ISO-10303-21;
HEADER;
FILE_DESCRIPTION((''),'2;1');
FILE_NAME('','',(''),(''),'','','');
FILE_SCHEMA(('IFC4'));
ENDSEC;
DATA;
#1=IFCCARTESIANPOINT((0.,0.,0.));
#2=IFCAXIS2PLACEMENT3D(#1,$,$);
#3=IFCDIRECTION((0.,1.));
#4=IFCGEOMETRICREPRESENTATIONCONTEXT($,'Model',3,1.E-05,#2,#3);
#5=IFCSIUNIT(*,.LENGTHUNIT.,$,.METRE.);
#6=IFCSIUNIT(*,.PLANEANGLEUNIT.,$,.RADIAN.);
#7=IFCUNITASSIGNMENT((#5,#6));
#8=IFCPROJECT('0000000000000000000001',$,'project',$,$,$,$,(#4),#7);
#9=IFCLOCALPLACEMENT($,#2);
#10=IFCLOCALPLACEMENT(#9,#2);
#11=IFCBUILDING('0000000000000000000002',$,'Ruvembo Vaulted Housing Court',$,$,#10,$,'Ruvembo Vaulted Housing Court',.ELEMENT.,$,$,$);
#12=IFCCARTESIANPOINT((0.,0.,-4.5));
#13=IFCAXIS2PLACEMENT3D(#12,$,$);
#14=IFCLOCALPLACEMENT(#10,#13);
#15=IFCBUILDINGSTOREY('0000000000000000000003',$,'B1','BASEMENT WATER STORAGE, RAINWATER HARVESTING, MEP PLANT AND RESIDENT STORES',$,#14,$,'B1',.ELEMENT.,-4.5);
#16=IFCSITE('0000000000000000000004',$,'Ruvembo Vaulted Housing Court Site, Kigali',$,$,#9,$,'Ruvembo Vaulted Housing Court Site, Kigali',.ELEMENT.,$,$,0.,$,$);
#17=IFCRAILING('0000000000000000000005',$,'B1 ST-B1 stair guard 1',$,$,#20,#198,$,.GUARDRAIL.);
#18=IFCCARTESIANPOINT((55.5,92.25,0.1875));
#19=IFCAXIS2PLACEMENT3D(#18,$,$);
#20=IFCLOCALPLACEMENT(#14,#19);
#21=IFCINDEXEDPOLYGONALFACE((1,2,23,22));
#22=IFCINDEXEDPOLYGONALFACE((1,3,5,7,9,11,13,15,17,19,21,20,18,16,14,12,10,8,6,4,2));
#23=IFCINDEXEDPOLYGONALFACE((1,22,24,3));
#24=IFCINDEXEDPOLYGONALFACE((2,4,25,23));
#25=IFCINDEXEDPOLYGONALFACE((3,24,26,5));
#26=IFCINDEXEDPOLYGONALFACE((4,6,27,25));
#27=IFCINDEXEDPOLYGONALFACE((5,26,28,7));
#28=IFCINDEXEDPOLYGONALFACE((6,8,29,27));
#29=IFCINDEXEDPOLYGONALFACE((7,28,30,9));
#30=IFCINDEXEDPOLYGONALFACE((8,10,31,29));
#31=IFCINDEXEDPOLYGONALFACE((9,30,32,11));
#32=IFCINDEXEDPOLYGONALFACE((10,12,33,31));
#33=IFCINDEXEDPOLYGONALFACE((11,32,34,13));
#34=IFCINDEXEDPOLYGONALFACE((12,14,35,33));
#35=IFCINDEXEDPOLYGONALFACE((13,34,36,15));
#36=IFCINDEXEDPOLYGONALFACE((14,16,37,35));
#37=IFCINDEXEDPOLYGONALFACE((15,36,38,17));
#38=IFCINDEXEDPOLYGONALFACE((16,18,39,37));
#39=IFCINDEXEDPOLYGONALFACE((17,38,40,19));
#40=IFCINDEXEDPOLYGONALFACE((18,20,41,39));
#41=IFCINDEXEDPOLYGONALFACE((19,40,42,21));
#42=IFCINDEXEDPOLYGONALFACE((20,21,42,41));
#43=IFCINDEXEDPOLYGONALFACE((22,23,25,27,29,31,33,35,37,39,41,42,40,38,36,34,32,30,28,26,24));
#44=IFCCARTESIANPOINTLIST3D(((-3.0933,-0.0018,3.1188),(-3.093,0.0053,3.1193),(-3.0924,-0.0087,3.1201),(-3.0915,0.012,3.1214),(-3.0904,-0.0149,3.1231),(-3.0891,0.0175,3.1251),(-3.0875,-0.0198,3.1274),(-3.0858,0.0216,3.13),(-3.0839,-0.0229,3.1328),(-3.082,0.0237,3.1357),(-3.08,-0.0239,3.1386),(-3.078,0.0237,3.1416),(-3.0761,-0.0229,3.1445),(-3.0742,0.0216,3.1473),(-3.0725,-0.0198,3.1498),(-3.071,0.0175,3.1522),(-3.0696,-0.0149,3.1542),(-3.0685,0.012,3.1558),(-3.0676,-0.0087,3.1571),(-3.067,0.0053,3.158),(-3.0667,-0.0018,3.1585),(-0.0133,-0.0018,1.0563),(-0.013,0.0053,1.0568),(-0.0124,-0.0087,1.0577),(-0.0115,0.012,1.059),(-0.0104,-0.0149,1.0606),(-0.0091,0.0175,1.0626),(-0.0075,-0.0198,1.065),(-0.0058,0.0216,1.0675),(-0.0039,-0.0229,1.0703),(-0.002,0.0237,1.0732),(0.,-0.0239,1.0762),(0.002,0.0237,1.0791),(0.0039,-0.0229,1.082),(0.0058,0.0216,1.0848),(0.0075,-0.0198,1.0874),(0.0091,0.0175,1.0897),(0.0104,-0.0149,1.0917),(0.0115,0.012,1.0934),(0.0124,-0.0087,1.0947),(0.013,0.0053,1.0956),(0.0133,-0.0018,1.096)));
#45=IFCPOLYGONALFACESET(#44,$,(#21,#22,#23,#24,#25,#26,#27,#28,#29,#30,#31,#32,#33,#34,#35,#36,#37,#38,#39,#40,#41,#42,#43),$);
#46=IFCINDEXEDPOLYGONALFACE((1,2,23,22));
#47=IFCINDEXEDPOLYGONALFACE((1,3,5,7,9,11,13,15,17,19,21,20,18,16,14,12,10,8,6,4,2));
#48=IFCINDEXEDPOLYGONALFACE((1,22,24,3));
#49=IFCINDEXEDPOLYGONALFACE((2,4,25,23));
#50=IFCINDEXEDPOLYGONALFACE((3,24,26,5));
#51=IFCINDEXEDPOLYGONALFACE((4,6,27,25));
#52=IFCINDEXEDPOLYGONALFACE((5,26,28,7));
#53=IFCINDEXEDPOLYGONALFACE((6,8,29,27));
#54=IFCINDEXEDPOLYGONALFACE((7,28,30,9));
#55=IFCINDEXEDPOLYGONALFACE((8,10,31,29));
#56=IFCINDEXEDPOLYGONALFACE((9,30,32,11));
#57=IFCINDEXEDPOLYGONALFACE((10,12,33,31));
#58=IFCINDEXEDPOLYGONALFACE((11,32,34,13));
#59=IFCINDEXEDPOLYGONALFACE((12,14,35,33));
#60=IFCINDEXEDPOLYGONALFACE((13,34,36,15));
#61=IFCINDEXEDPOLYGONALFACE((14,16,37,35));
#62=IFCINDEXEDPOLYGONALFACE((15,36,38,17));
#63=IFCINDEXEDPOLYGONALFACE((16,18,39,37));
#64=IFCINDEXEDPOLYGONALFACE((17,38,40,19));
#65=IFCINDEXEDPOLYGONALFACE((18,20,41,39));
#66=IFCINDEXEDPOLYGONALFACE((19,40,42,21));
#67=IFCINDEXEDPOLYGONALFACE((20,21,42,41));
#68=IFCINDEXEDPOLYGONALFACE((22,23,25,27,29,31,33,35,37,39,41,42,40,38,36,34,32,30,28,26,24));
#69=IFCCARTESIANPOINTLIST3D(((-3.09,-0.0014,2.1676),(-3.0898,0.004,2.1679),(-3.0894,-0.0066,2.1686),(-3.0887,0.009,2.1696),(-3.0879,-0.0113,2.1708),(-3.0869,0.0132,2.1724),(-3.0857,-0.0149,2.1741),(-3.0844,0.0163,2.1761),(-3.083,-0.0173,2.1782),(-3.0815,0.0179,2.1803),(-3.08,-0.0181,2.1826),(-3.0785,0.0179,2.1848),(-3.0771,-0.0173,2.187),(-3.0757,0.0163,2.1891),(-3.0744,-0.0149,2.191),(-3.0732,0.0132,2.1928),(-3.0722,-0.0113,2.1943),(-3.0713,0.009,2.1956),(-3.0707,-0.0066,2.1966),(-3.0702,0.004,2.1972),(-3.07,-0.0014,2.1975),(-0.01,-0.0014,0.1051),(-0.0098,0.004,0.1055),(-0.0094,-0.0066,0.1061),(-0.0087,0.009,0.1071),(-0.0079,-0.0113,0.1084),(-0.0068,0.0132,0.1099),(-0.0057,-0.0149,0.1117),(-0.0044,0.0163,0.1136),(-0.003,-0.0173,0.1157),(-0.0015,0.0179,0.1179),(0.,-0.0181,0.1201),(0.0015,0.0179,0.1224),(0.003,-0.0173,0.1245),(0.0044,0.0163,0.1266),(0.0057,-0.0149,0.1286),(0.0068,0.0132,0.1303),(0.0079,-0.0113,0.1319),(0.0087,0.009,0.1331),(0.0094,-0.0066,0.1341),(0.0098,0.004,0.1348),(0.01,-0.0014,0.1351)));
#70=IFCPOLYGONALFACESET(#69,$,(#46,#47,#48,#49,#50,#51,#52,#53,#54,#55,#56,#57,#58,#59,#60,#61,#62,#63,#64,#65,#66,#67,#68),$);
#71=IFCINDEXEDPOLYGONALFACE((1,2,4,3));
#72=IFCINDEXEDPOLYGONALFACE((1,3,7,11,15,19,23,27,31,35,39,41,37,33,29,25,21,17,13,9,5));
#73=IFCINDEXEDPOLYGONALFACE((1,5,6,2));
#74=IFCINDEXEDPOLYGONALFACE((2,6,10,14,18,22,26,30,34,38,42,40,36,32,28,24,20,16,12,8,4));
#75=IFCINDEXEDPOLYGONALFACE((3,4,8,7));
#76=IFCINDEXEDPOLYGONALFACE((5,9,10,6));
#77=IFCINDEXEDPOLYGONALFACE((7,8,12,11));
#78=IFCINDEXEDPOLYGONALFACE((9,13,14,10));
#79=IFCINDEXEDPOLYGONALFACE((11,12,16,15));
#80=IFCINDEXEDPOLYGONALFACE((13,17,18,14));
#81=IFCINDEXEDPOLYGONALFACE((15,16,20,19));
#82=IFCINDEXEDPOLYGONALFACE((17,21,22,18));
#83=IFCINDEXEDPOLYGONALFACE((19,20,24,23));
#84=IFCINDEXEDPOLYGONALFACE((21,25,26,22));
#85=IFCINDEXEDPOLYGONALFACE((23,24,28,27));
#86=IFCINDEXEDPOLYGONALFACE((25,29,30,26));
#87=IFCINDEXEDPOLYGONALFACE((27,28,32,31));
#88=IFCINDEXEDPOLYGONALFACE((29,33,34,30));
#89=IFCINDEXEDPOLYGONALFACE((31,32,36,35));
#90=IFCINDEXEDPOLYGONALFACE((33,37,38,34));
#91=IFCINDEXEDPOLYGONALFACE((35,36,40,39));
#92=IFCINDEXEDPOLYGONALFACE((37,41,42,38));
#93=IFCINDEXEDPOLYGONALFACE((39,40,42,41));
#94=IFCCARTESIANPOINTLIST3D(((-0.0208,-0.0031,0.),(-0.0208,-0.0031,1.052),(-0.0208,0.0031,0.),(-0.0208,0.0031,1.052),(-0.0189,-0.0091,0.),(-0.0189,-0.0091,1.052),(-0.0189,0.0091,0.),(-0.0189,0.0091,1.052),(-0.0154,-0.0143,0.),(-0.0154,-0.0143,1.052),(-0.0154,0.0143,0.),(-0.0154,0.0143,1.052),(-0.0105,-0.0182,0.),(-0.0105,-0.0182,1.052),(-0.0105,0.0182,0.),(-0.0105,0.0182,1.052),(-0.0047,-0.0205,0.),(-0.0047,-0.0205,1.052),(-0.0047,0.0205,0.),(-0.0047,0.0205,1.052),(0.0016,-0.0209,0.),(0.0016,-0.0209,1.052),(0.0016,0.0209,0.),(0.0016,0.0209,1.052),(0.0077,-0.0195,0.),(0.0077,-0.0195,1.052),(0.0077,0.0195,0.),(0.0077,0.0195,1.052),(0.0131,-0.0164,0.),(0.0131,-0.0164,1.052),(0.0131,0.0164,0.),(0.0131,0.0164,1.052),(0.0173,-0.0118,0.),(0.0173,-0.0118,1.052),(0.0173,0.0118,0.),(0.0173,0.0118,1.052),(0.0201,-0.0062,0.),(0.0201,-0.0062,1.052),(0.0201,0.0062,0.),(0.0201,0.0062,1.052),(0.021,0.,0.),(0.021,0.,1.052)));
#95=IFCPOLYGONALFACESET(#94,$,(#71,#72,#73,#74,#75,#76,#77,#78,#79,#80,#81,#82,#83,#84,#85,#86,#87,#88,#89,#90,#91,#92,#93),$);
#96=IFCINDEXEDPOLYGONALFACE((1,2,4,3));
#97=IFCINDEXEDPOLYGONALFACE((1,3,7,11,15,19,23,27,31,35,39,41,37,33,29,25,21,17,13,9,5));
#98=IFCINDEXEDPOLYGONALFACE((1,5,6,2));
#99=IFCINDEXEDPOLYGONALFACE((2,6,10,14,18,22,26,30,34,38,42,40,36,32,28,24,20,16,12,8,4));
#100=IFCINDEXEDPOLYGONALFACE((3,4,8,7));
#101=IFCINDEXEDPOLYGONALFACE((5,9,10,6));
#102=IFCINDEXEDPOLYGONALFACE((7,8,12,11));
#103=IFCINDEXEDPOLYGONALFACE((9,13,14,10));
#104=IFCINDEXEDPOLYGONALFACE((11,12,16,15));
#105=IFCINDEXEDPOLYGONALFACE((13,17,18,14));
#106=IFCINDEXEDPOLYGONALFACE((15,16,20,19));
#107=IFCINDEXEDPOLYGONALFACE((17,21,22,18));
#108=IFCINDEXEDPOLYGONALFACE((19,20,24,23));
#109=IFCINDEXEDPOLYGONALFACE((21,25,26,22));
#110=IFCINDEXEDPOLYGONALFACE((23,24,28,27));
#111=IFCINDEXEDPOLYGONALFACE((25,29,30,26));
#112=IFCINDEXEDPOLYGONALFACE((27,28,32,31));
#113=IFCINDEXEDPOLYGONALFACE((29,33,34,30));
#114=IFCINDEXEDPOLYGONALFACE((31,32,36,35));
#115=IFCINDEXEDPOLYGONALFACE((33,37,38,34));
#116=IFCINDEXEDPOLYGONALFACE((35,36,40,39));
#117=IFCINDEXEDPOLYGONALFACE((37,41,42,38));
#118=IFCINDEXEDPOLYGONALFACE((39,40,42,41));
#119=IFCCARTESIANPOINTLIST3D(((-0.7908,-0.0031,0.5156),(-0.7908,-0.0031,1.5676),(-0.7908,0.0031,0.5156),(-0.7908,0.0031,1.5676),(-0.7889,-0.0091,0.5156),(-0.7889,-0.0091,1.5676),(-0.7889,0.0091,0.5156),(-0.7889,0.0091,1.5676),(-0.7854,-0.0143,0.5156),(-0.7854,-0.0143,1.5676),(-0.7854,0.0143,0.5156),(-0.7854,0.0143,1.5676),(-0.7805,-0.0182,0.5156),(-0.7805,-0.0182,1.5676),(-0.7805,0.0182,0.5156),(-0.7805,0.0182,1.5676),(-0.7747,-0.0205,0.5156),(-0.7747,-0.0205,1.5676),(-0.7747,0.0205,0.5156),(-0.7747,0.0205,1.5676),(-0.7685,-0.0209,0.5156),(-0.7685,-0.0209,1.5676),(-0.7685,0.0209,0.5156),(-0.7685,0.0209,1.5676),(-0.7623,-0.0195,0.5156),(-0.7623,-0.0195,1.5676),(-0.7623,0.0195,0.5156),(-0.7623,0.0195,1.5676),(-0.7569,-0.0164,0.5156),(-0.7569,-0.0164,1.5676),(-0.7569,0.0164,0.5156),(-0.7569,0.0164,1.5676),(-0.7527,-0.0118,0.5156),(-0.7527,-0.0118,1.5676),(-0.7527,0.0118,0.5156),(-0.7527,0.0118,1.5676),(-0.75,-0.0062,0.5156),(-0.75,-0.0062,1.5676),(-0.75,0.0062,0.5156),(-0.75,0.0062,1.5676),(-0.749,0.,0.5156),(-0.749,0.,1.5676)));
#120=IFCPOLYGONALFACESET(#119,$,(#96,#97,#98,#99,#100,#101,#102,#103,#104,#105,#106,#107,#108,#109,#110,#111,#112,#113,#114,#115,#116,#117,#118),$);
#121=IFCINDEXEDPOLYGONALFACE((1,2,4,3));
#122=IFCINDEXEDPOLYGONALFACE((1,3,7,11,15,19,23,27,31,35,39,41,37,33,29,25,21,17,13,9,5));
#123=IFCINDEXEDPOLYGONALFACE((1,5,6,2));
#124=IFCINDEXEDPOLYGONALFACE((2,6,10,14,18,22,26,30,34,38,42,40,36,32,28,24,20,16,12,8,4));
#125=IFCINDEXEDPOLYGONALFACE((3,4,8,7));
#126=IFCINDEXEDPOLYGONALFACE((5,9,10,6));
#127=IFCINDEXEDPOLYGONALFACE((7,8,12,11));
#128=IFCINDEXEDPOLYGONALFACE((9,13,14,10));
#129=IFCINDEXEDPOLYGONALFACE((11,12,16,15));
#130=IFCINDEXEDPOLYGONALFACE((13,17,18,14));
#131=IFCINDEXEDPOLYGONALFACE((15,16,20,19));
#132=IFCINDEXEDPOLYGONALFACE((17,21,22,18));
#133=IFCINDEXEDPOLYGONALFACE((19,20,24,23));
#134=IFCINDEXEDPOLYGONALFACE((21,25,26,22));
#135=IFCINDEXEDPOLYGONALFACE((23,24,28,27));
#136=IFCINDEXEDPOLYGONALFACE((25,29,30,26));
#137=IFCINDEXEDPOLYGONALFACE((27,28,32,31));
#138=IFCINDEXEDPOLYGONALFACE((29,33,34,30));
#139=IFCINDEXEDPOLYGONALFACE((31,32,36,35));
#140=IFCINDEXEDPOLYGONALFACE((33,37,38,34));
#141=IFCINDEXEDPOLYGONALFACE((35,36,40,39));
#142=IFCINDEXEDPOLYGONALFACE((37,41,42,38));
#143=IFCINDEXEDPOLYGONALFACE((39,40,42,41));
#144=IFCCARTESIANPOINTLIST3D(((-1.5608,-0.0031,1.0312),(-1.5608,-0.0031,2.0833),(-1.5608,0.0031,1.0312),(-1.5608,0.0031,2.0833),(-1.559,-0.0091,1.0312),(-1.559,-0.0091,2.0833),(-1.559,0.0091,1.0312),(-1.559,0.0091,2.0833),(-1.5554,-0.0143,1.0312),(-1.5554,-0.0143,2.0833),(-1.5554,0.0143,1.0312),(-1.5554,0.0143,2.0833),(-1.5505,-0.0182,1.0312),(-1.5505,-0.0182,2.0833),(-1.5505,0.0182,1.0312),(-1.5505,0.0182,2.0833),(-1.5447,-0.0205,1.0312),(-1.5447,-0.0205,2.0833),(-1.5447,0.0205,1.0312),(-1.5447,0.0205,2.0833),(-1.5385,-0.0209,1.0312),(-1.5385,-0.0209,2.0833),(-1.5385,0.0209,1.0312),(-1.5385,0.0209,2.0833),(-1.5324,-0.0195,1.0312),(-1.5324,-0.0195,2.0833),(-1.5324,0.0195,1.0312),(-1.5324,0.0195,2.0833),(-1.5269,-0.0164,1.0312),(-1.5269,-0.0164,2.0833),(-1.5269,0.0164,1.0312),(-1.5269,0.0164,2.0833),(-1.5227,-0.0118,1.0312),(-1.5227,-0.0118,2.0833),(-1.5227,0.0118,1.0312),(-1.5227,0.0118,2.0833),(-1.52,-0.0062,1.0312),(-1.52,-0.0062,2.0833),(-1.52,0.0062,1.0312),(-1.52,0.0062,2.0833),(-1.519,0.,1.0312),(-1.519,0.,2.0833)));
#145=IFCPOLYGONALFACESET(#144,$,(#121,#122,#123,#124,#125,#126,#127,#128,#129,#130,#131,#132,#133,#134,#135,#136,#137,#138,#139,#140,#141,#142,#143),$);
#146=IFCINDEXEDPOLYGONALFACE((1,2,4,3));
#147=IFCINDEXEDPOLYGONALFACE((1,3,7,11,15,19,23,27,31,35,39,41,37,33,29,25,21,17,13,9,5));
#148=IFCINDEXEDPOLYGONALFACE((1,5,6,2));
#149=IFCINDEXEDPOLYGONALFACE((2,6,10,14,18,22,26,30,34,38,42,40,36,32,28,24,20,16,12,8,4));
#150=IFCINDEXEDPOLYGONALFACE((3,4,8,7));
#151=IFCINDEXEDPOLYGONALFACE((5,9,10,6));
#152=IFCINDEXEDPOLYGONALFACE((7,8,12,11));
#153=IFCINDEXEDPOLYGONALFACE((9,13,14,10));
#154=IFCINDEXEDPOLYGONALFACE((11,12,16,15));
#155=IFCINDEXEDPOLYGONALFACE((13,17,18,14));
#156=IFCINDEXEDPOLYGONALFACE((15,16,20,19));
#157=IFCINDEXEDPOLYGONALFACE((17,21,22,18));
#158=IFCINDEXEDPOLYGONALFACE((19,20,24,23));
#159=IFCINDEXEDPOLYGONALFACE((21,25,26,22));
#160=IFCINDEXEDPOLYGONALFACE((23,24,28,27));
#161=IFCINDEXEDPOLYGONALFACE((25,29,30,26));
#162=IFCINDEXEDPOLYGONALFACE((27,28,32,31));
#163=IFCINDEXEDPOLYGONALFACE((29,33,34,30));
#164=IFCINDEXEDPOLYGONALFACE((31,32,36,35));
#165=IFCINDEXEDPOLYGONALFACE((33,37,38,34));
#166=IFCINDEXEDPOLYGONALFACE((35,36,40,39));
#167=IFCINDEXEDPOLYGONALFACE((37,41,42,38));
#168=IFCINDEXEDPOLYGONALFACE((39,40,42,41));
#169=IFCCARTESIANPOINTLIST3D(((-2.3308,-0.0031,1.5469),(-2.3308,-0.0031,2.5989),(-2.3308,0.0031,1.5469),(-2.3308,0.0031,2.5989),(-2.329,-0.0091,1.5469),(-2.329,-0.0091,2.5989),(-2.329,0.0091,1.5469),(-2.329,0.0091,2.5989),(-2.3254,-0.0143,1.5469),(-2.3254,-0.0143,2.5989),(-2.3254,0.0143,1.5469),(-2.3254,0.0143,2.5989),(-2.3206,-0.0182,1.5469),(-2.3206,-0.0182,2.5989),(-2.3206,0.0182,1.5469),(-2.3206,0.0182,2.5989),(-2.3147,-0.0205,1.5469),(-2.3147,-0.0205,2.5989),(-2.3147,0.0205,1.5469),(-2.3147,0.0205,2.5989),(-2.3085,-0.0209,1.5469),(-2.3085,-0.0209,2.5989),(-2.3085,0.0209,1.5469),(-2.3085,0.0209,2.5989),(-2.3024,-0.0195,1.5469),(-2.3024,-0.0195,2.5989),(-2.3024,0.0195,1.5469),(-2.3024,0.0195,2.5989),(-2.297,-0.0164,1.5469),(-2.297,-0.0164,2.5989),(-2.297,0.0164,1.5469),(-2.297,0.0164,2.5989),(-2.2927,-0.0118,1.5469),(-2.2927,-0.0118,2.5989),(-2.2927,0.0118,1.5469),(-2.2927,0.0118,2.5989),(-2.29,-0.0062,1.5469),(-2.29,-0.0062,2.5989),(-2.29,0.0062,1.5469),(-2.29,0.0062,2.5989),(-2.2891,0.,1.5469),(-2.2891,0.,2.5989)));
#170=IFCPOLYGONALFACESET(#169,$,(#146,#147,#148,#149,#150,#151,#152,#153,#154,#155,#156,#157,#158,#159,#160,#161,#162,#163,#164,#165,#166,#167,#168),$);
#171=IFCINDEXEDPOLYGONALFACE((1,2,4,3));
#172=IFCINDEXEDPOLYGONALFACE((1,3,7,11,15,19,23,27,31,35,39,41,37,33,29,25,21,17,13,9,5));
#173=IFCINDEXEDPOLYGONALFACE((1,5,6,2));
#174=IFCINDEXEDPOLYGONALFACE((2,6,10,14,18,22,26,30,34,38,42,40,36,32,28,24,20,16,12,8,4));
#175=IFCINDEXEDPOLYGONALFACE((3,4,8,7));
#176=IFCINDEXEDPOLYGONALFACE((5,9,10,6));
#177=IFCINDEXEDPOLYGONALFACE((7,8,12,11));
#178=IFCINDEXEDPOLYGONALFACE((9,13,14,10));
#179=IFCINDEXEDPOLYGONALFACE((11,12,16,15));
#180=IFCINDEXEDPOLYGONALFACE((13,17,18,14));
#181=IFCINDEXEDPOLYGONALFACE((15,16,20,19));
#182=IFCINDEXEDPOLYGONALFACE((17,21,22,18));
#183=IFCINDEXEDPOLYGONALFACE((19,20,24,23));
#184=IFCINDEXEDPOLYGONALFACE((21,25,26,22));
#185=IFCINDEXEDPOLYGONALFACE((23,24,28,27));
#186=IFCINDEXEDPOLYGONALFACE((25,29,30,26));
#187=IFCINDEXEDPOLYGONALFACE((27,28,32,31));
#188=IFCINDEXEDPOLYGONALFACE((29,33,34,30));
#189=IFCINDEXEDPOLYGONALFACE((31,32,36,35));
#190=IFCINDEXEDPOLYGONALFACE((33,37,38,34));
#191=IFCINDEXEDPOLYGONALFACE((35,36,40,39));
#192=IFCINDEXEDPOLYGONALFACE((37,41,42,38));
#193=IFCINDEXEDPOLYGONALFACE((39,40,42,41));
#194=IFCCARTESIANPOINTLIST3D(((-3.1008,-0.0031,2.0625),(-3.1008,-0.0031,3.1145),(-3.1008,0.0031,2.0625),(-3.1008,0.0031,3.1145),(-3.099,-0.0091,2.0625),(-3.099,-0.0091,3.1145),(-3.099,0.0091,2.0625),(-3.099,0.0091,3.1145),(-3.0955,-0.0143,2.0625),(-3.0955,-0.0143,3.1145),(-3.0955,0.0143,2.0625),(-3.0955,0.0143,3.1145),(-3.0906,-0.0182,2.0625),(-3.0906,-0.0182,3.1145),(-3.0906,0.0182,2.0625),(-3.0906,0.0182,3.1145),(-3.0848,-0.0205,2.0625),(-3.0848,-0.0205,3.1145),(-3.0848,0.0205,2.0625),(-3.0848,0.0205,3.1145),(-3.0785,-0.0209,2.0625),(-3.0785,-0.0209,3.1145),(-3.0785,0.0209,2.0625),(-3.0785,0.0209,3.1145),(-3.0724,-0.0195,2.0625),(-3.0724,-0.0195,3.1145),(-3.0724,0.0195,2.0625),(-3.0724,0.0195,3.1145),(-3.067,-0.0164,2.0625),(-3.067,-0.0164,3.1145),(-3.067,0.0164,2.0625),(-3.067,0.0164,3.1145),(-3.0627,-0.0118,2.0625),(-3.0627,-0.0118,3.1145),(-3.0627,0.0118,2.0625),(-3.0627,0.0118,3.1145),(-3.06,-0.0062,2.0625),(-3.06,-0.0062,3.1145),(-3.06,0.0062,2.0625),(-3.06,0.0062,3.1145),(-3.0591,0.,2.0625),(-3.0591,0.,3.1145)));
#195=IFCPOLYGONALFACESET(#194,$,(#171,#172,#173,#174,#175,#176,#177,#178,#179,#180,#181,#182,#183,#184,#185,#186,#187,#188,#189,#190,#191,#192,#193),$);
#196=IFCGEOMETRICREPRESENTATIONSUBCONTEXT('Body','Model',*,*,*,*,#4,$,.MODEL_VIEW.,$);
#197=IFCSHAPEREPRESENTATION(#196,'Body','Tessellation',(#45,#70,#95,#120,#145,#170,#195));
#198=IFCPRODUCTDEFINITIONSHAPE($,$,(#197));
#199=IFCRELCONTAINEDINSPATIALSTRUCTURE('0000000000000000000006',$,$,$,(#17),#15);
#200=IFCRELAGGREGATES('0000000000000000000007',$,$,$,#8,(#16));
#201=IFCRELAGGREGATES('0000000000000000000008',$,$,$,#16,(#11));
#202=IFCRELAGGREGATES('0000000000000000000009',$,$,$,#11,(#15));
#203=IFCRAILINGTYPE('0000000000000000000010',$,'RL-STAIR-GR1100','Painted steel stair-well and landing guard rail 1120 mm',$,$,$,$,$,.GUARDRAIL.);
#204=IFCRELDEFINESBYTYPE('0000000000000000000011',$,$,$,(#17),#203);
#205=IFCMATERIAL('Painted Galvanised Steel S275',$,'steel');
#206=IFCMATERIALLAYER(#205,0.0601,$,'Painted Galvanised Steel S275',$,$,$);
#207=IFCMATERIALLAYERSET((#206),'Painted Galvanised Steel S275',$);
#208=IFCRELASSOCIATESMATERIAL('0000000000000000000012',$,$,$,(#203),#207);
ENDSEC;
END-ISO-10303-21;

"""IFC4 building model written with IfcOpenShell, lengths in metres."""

from ifc_helpers import new_model, si_unit, direction, frame, origin, origin_2d, place, context, subcontext, project, spatial, circle, extrude, material, layer, layer_set, type_object, element, save


model = new_model("IFC4")

# Units and contexts
model_context = context("Model", 3, precision=1e-05, world=origin(), true_north=direction((0.0, 1.0)))
body_context = subcontext(model_context, "Body", "Model", "MODEL_VIEW")
ifc_project = project(units=[si_unit("LENGTHUNIT", "METRE"), si_unit("PLANEANGLEUNIT", "RADIAN")], contexts=[model_context])

# Site, building, storey
site_placement = place(None, origin())
site = spatial("IfcSite", under=ifc_project, at=site_placement, Name="Ruvembo Vaulted Housing Court Site, Kigali", LongName="Ruvembo Vaulted Housing Court Site, Kigali", CompositionType="ELEMENT", RefElevation=0.0)
building_placement = place(site_placement, origin())
building = spatial("IfcBuilding", under=site, at=building_placement, Name="Ruvembo Vaulted Housing Court", LongName="Ruvembo Vaulted Housing Court", CompositionType="ELEMENT")
storey_placement = place(building_placement, frame((0.0, 0.0, -4.5)))
storey = spatial("IfcBuildingStorey", under=building, at=storey_placement, Name="B1", Description="BASEMENT WATER STORAGE, RAINWATER HARVESTING, MEP PLANT AND RESIDENT STORES", LongName="B1", CompositionType="ELEMENT", Elevation=-4.5)

# Railing
ifc_material_1 = material(Name="Painted Galvanised Steel S275", Category="steel")
ifc_layer_1 = layer(ifc_material_1, 0.0601, Name="Painted Galvanised Steel S275")
ifc_layer_set_1 = layer_set([ifc_layer_1], Name="Painted Galvanised Steel S275")
railing_type_1 = type_object("IfcRailingType", Name="RL-STAIR-GR1100", Description="Painted steel stair-well and landing guard rail 1120 mm", PredefinedType="GUARDRAIL", material=ifc_layer_set_1)
railing_1_placement = place(storey_placement, frame((55.5, 92.25, 0.1875)))
element("IfcRailing", 1, at=railing_1_placement, inside=storey, type_object=railing_type_1, Name="B1 ST-B1 stair guard 1", PredefinedType="GUARDRAIL", context=body_context, shape_type="SweptSolid", body=[
    extrude(circle(Radius=0.0239, at=origin_2d()), frame((0.0, 0.0, 1.0762), z_axis=(-0.830914, 0.0, 0.556401), x_axis=(0.0, -1.0, 0.0)), (0.0, 0.0, 1.0), 3.7068),
    extrude(circle(Radius=0.0181, at=origin_2d()), frame((0.0, 0.0, 0.1201), z_axis=(-0.830914, 0.0, 0.556401), x_axis=(0.0, -1.0, 0.0)), (0.0, 0.0, 1.0), 3.7068),
    extrude(circle(Radius=0.021, at=origin_2d()), origin(), (0.0, 0.0, 1.0), 1.052),
    extrude(circle(Radius=0.021, at=origin_2d()), frame((-0.77, 0.0, 0.5156)), (0.0, 0.0, 1.0), 1.052),
    extrude(circle(Radius=0.021, at=origin_2d()), frame((-1.54, 0.0, 1.0312)), (0.0, 0.0, 1.0), 1.052),
    extrude(circle(Radius=0.021, at=origin_2d()), frame((-2.3101, 0.0, 1.5469)), (0.0, 0.0, 1.0), 1.052),
    extrude(circle(Radius=0.021, at=origin_2d()), frame((-3.0801, 0.0, 2.0625)), (0.0, 0.0, 1.0), 1.052),
])

save(model, "model.ifc")
